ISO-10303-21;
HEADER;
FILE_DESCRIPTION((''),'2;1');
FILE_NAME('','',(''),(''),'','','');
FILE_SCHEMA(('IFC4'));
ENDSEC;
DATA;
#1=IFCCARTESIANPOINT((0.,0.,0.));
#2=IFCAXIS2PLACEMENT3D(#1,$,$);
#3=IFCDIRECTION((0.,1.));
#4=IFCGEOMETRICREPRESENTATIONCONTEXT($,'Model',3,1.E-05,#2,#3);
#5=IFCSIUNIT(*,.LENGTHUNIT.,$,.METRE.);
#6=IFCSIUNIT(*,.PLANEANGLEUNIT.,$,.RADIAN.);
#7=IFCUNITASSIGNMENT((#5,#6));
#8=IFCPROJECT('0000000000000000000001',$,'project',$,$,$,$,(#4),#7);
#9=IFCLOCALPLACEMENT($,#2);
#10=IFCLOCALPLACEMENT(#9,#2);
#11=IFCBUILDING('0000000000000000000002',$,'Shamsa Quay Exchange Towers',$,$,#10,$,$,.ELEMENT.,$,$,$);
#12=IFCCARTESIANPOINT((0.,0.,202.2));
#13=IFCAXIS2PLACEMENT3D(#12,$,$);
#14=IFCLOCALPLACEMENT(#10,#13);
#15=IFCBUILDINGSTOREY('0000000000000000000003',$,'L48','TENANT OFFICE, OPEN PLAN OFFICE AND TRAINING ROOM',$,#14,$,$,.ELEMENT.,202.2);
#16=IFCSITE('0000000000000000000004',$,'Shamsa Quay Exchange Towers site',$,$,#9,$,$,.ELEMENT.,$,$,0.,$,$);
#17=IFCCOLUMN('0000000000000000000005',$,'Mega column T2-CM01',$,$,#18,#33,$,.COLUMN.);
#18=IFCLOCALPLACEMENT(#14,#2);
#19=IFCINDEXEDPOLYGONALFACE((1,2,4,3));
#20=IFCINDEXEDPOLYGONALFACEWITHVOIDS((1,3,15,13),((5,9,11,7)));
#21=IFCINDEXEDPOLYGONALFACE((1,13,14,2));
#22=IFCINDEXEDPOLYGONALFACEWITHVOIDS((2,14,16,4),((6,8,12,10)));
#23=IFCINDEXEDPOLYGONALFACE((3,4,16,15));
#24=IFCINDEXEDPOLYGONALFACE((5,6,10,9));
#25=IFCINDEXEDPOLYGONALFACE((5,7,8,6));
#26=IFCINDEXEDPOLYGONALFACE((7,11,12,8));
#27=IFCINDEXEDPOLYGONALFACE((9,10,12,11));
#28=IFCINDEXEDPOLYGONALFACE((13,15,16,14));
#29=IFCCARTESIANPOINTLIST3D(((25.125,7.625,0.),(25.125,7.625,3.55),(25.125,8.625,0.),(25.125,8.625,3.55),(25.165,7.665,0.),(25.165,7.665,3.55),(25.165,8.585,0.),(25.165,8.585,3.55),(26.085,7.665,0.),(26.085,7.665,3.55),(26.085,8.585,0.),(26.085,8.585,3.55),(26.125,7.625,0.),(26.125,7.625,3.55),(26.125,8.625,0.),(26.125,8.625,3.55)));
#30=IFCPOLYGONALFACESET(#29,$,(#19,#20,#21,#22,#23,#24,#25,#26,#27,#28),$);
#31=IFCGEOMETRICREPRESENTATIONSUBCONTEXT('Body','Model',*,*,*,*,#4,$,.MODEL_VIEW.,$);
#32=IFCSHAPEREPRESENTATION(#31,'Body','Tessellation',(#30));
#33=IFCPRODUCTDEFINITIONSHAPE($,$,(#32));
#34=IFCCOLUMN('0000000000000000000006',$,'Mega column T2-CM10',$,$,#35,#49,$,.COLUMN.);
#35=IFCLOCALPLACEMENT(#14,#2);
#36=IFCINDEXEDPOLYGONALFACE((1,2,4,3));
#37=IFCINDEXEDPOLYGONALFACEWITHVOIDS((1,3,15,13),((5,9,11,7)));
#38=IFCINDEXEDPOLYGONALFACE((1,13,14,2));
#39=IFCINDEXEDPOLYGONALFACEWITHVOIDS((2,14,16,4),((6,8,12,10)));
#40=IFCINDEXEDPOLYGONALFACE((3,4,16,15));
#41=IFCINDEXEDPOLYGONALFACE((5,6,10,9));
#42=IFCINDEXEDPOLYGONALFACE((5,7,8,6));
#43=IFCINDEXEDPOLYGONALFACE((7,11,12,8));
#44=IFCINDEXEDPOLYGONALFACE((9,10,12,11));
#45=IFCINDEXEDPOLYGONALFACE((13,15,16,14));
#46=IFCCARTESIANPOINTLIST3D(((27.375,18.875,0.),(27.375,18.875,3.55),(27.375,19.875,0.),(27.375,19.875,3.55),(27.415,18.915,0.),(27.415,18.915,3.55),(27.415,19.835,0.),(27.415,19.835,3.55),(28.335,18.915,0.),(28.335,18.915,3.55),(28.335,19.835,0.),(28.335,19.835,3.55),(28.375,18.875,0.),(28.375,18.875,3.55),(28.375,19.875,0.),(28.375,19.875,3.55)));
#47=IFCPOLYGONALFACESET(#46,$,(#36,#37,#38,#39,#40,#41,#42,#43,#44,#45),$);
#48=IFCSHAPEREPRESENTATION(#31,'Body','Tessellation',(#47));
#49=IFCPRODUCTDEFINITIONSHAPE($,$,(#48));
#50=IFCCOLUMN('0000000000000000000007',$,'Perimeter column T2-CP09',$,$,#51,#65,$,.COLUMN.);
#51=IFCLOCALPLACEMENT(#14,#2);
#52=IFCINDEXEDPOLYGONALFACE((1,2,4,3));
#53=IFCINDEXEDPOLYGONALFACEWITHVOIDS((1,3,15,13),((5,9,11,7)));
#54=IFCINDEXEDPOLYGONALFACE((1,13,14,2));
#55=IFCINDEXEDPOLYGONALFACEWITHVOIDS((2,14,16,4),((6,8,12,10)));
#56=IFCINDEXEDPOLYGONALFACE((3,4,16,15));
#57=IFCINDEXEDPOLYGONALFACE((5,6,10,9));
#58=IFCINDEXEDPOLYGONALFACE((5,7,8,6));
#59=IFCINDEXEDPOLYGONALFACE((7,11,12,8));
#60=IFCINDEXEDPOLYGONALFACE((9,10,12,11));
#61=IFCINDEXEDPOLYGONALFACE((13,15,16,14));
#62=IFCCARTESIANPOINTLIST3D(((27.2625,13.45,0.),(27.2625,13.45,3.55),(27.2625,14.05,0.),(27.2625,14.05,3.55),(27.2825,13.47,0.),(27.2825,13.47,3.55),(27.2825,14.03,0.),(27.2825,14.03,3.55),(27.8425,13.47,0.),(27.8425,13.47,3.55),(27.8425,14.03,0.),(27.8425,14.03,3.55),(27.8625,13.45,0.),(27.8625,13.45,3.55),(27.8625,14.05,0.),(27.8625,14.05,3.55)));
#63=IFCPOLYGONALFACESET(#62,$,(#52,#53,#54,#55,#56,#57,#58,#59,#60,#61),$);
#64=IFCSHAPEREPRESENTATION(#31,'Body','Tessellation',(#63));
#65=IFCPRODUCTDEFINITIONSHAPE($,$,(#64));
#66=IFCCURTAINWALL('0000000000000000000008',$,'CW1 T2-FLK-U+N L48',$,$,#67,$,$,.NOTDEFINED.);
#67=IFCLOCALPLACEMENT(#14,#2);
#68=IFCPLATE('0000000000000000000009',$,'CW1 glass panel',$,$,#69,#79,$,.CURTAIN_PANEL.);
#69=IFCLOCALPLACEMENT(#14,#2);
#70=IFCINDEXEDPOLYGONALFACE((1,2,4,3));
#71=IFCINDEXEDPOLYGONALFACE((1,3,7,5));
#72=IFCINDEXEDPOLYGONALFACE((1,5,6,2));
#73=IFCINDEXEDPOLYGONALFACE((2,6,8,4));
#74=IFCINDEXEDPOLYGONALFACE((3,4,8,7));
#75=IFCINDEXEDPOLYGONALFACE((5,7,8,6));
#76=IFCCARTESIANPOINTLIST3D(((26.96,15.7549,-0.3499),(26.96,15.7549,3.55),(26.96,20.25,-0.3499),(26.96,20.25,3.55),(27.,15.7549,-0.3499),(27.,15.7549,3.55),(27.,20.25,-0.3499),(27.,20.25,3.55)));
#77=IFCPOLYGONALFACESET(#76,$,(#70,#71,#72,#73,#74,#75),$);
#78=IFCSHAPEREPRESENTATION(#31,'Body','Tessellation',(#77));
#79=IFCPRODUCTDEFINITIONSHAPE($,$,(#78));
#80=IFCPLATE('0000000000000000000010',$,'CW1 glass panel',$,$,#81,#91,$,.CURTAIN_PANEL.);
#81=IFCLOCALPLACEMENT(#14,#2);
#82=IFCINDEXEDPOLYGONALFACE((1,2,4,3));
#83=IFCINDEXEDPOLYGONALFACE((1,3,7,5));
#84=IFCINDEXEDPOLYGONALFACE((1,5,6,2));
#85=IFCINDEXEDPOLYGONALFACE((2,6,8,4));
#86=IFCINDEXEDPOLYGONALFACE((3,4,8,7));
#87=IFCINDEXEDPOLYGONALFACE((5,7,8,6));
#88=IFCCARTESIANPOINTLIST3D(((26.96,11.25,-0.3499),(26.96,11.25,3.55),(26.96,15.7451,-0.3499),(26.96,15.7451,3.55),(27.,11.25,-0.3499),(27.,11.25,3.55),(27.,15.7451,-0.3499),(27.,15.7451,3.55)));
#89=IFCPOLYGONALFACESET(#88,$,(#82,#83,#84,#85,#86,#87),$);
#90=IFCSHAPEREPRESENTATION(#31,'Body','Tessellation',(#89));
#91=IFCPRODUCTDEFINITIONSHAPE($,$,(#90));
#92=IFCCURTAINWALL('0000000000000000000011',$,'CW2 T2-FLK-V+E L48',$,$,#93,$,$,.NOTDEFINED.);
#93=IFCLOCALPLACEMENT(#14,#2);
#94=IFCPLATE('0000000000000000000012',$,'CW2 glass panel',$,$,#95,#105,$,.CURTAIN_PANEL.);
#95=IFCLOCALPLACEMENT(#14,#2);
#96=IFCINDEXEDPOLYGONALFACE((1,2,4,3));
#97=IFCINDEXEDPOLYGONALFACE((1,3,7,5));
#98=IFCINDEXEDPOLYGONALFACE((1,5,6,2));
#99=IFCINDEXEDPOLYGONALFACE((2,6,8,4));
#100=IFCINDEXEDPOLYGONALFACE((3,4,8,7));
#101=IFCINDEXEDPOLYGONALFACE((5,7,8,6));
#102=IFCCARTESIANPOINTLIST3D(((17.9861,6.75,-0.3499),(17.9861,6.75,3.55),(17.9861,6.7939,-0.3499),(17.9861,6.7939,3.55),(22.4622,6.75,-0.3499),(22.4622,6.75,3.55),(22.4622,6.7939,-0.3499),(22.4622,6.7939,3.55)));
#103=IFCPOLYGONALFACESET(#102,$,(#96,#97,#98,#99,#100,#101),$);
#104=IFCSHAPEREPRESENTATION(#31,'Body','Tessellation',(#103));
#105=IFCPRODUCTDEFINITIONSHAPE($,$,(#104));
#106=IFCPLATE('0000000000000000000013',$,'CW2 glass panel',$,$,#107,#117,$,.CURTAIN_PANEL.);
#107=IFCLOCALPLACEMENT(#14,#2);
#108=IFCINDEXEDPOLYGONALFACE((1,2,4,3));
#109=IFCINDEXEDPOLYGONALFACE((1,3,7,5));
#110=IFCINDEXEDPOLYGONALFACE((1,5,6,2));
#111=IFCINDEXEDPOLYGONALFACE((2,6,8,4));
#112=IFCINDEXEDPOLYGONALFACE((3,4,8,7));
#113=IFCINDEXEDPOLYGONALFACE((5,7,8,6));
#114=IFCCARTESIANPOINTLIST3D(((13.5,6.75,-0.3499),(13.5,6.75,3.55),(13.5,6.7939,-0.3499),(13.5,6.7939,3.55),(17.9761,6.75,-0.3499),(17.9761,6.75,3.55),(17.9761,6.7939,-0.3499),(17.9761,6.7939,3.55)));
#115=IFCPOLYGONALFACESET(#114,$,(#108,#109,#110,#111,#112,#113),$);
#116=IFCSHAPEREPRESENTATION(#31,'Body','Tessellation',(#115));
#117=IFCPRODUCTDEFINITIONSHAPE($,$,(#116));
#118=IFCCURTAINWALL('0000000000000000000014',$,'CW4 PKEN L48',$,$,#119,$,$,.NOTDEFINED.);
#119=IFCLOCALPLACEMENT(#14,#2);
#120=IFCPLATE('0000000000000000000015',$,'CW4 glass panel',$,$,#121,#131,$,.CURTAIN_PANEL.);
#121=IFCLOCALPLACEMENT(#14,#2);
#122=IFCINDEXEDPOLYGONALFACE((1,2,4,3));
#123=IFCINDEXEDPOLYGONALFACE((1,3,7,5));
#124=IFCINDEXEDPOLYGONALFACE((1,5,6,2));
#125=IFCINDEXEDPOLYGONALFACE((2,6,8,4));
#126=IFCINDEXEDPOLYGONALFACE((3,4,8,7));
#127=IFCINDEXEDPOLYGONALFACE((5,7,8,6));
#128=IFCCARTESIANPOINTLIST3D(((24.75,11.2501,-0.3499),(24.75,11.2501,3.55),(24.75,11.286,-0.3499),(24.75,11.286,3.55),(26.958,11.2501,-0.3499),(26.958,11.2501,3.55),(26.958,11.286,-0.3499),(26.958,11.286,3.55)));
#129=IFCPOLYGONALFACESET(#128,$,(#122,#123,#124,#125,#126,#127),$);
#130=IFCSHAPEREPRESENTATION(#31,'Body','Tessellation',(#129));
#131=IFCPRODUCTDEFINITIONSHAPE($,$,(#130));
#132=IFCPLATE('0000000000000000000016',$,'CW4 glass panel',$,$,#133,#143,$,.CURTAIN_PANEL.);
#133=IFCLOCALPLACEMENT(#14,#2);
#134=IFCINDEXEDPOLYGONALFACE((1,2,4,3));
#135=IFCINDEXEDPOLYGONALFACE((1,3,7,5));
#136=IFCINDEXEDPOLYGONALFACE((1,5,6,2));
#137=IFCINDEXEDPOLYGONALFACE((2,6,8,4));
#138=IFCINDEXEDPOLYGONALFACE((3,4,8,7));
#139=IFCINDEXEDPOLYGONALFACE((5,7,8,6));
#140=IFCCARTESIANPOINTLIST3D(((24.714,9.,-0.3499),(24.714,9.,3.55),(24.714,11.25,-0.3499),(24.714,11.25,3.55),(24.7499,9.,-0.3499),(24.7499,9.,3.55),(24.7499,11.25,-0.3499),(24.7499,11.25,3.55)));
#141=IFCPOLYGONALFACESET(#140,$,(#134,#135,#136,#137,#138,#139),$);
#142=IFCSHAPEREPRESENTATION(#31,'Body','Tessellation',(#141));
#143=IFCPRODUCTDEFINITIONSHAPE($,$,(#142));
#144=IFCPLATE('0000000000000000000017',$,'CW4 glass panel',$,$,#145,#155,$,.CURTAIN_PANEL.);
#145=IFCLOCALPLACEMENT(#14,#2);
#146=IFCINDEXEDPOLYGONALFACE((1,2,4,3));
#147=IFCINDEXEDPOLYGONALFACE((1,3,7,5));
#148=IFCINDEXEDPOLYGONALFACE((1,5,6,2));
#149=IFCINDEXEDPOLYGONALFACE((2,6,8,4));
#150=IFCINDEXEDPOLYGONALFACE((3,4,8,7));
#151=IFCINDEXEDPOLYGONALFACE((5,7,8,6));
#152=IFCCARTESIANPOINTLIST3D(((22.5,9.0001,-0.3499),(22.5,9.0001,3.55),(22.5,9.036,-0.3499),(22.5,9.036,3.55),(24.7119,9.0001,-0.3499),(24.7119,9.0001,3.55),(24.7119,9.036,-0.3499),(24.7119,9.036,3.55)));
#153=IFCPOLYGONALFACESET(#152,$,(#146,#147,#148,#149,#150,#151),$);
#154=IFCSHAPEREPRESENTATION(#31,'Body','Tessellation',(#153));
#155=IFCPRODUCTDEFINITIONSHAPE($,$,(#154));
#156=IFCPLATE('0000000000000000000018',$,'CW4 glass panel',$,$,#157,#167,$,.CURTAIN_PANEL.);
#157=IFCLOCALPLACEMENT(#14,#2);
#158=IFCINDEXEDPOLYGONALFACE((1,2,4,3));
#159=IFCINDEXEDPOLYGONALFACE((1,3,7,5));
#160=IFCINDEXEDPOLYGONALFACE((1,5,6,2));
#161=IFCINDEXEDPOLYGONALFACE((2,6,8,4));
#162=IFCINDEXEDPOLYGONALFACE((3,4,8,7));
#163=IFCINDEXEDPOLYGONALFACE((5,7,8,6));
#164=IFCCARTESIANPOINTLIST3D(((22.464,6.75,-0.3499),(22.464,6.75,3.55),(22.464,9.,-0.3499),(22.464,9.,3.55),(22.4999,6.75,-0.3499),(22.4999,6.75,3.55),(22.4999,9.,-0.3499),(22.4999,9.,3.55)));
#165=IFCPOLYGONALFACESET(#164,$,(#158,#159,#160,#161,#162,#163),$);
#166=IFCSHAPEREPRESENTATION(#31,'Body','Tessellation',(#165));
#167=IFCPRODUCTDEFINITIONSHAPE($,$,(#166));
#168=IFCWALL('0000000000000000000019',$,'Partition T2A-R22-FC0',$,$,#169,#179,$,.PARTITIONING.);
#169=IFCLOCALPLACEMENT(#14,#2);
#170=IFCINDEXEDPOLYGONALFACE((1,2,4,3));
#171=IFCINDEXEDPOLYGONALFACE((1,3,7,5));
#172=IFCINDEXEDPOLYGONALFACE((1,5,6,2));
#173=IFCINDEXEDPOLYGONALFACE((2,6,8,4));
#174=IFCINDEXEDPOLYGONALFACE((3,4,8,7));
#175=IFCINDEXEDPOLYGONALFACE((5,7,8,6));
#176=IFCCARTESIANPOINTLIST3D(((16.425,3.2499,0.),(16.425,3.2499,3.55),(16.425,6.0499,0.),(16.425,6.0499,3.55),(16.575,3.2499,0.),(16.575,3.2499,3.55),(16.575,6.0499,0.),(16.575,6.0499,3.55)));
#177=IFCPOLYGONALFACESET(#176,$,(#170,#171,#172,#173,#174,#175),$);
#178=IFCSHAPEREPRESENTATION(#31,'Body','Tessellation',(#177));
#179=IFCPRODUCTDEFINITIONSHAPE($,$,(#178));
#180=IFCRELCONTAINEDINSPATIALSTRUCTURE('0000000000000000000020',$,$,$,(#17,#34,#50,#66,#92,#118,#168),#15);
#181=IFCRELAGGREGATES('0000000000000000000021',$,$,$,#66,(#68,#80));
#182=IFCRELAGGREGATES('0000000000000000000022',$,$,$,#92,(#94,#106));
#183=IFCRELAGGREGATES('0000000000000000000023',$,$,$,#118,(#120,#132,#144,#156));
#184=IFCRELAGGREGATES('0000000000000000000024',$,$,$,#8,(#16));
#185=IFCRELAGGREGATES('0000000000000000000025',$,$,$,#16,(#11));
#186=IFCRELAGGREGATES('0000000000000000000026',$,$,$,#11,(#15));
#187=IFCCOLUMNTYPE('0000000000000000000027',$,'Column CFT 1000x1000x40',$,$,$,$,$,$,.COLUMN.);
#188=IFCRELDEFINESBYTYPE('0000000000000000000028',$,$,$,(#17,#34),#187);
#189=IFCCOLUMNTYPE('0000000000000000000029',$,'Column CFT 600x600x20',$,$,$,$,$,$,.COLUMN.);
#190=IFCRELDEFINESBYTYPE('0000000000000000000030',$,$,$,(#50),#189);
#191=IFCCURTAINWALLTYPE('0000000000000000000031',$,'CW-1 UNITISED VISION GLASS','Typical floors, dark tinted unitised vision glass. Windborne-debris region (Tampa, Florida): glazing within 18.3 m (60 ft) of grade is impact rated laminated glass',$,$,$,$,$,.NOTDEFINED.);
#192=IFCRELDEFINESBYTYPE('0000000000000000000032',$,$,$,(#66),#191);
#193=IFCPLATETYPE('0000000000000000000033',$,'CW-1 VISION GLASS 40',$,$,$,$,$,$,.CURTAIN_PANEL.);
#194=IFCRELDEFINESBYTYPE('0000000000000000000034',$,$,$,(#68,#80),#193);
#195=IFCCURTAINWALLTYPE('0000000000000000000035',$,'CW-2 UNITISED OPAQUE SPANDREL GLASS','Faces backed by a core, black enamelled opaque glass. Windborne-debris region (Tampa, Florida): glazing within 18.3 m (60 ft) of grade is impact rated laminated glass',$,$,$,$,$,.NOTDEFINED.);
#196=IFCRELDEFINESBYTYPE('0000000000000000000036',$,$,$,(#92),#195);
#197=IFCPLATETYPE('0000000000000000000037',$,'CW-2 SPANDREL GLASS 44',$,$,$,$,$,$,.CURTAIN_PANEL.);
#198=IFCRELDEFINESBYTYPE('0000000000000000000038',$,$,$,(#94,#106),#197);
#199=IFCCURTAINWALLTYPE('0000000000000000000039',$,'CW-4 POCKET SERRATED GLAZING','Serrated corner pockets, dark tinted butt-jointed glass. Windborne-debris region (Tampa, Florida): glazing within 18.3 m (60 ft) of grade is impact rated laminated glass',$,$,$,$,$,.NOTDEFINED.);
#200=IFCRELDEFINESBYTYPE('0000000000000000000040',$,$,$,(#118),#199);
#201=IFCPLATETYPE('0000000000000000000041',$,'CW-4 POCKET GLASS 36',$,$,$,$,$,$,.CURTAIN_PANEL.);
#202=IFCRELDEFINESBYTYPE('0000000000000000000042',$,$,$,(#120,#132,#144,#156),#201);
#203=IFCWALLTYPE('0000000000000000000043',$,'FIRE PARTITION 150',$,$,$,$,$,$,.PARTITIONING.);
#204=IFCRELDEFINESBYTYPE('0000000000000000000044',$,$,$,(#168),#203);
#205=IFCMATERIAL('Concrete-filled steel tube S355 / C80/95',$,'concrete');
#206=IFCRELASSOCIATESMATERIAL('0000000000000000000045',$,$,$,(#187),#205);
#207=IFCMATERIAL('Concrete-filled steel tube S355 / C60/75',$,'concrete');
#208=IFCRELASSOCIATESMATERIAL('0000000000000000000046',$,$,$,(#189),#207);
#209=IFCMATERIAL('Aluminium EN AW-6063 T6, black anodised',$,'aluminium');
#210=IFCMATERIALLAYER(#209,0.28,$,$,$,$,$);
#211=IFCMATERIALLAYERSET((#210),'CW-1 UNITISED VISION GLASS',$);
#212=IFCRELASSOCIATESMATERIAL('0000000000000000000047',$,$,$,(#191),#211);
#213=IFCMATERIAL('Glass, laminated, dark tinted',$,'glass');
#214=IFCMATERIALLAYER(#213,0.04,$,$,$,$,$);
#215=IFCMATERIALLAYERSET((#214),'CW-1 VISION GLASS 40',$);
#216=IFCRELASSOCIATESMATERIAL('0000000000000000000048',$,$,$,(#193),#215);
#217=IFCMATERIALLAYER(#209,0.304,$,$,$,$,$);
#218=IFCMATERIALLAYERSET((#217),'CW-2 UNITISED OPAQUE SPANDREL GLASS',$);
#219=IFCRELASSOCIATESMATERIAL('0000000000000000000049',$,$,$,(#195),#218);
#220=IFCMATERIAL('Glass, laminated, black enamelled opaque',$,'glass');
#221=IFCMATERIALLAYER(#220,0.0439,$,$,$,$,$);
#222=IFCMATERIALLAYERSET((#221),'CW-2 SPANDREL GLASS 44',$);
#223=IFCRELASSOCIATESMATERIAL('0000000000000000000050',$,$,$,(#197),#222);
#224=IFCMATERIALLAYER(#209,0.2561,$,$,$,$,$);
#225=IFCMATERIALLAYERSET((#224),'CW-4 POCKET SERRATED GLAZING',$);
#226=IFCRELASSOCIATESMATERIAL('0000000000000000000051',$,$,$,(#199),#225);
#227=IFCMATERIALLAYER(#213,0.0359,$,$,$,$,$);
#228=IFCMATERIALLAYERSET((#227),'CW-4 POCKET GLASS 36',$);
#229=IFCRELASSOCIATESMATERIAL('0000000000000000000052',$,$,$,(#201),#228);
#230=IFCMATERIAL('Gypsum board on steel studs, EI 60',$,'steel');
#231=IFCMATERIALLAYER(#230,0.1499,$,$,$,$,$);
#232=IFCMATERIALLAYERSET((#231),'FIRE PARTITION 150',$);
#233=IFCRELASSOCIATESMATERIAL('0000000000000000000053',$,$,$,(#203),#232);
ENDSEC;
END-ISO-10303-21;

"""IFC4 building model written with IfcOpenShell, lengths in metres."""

from ifc_helpers import new_model, si_unit, direction, frame, frame_2d, origin, origin_2d, place, context, subcontext, project, spatial, rectangle, hollow_rectangle, extrude, material, layer, layer_set, material_profile, profile_set, type_object, element, aggregate, save


model = new_model("IFC4")

# Units and contexts
model_context = context("Model", 3, precision=1e-05, world=origin(), true_north=direction((0.0, 1.0)))
body_context = subcontext(model_context, "Body", "Model", "MODEL_VIEW")
ifc_project = project(units=[si_unit("LENGTHUNIT", "METRE"), si_unit("PLANEANGLEUNIT", "RADIAN")], contexts=[model_context])

# Site, building, storey
site_placement = place(None, origin())
site = spatial("IfcSite", under=ifc_project, at=site_placement, Name="Shamsa Quay Exchange Towers site", CompositionType="ELEMENT", RefElevation=0.0)
building_placement = place(site_placement, origin())
building = spatial("IfcBuilding", under=site, at=building_placement, Name="Shamsa Quay Exchange Towers", CompositionType="ELEMENT")
storey_placement = place(building_placement, frame((0.0, 0.0, 202.2)))
storey = spatial("IfcBuildingStorey", under=building, at=storey_placement, Name="L48", Description="TENANT OFFICE, OPEN PLAN OFFICE AND TRAINING ROOM", CompositionType="ELEMENT", Elevation=202.2)

# Columns
ifc_material_1 = material(Name="Concrete-filled steel tube S355 / C80/95", Category="concrete")
ifc_material_profile_1 = material_profile(ifc_material_1, hollow_rectangle(XDim=1.0, YDim=1.0, WallThickness=0.04, at=origin_2d()), Name="CFT 1000x1000x40")
ifc_profile_set_1 = profile_set([ifc_material_profile_1], Name="Concrete-filled steel tube S355 / C80/95")
column_type_1 = type_object("IfcColumnType", Name="Column CFT 1000x1000x40", PredefinedType="COLUMN", material=ifc_profile_set_1)
for number, where, name in (
    (1, (25.625, 8.125, 0.0), "Mega column T2-CM01"),
    (2, (27.875, 19.375, 0.0), "Mega column T2-CM10"),
):
    element("IfcColumn", number, at=place(storey_placement, frame(where)), inside=storey, type_object=column_type_1, Name=name, PredefinedType="COLUMN", context=body_context, shape_type="SweptSolid", body=[
        extrude(hollow_rectangle(XDim=1.0, YDim=1.0, WallThickness=0.04, at=origin_2d()), origin(), (0.0, 0.0, 1.0), 3.55),
    ])
ifc_material_2 = material(Name="Concrete-filled steel tube S355 / C60/75", Category="concrete")
ifc_material_profile_2 = material_profile(ifc_material_2, hollow_rectangle(XDim=0.6001, YDim=0.6001, WallThickness=0.02, at=origin_2d()), Name="CFT 600x600x20")
ifc_profile_set_2 = profile_set([ifc_material_profile_2], Name="Concrete-filled steel tube S355 / C60/75")
column_type_2 = type_object("IfcColumnType", Name="Column CFT 600x600x20", PredefinedType="COLUMN", material=ifc_profile_set_2)
column_placement = place(storey_placement, frame((27.5625, 13.75, 0.0)))
element("IfcColumn", 3, at=column_placement, inside=storey, type_object=column_type_2, Name="Perimeter column T2-CP09", PredefinedType="COLUMN", context=body_context, shape_type="SweptSolid", body=[
    extrude(hollow_rectangle(XDim=0.6001, YDim=0.6001, WallThickness=0.02, at=origin_2d()), origin(), (0.0, 0.0, 1.0), 3.55),
])

# Curtain walls, plates
ifc_material_3 = material(Name="Aluminium EN AW-6063 T6, black anodised", Category="aluminium")
ifc_layer_1 = layer(ifc_material_3, 0.28)
ifc_layer_set_1 = layer_set([ifc_layer_1], Name="CW-1 UNITISED VISION GLASS")
curtain_wall_type_1 = type_object("IfcCurtainWallType", Name="CW-1 UNITISED VISION GLASS", Description="Typical floors, dark tinted unitised vision glass. Windborne-debris region (Tampa, Florida): glazing within 18.3 m (60 ft) of grade is impact rated laminated glass", PredefinedType="NOTDEFINED", material=ifc_layer_set_1)
curtain_wall_1_placement = place(storey_placement, origin())
curtain_wall_1 = element("IfcCurtainWall", 4, at=curtain_wall_1_placement, inside=storey, type_object=curtain_wall_type_1, Name="CW1 T2-FLK-U+N L48", PredefinedType="NOTDEFINED")
ifc_material_4 = material(Name="Glass, laminated, dark tinted", Category="glass")
ifc_layer_2 = layer(ifc_material_4, 0.04)
ifc_layer_set_2 = layer_set([ifc_layer_2], Name="CW-1 VISION GLASS 40")
plate_type_1 = type_object("IfcPlateType", Name="CW-1 VISION GLASS 40", PredefinedType="CURTAIN_PANEL", material=ifc_layer_set_2)
plate_1_placement = place(storey_placement, frame((26.98, 18.0024, -0.3499), z_axis=(0.0, 0.0, 1.0), x_axis=(0.0, -1.0, 0.0)))
plate_1 = element("IfcPlate", 5, at=plate_1_placement, type_object=plate_type_1, Name="CW1 glass panel", PredefinedType="CURTAIN_PANEL", context=body_context, shape_type="SweptSolid", body=[
    extrude(rectangle(XDim=4.4951, YDim=0.04, at=origin_2d()), origin(), (0.0, 0.0, 1.0), 3.8999),
])
plate_2_placement = place(storey_placement, frame((26.98, 13.4976, -0.3499), z_axis=(0.0, 0.0, 1.0), x_axis=(0.0, -1.0, 0.0)))
plate_2 = element("IfcPlate", 6, at=plate_2_placement, type_object=plate_type_1, Name="CW1 glass panel", PredefinedType="CURTAIN_PANEL", context=body_context, shape_type="SweptSolid", body=[
    extrude(rectangle(XDim=4.4951, YDim=0.04, at=origin_2d()), origin(), (0.0, 0.0, 1.0), 3.8999),
])
aggregate(curtain_wall_1, [plate_1, plate_2])
ifc_layer_3 = layer(ifc_material_3, 0.304)
ifc_layer_set_3 = layer_set([ifc_layer_3], Name="CW-2 UNITISED OPAQUE SPANDREL GLASS")
curtain_wall_type_2 = type_object("IfcCurtainWallType", Name="CW-2 UNITISED OPAQUE SPANDREL GLASS", Description="Faces backed by a core, black enamelled opaque glass. Windborne-debris region (Tampa, Florida): glazing within 18.3 m (60 ft) of grade is impact rated laminated glass", PredefinedType="NOTDEFINED", material=ifc_layer_set_3)
curtain_wall_2_placement = place(storey_placement, origin())
curtain_wall_2 = element("IfcCurtainWall", 7, at=curtain_wall_2_placement, inside=storey, type_object=curtain_wall_type_2, Name="CW2 T2-FLK-V+E L48", PredefinedType="NOTDEFINED")
ifc_material_5 = material(Name="Glass, laminated, black enamelled opaque", Category="glass")
ifc_layer_4 = layer(ifc_material_5, 0.0439)
ifc_layer_set_4 = layer_set([ifc_layer_4], Name="CW-2 SPANDREL GLASS 44")
plate_type_2 = type_object("IfcPlateType", Name="CW-2 SPANDREL GLASS 44", PredefinedType="CURTAIN_PANEL", material=ifc_layer_set_4)
plate_3_placement = place(storey_placement, frame((20.2241, 6.772, -0.3499), z_axis=(0.0, 0.0, 1.0), x_axis=(-1.0, 0.0, 0.0)))
plate_3 = element("IfcPlate", 8, at=plate_3_placement, type_object=plate_type_2, Name="CW2 glass panel", PredefinedType="CURTAIN_PANEL", context=body_context, shape_type="SweptSolid", body=[
    extrude(rectangle(XDim=4.4761, YDim=0.0439, at=origin_2d()), origin(), (0.0, 0.0, 1.0), 3.8999),
])
plate_4_placement = place(storey_placement, frame((15.738, 6.772, -0.3499), z_axis=(0.0, 0.0, 1.0), x_axis=(-1.0, 0.0, 0.0)))
plate_4 = element("IfcPlate", 9, at=plate_4_placement, type_object=plate_type_2, Name="CW2 glass panel", PredefinedType="CURTAIN_PANEL", context=body_context, shape_type="SweptSolid", body=[
    extrude(rectangle(XDim=4.4761, YDim=0.0439, at=origin_2d()), origin(), (0.0, 0.0, 1.0), 3.8999),
])
aggregate(curtain_wall_2, [plate_3, plate_4])
ifc_layer_5 = layer(ifc_material_3, 0.2561)
ifc_layer_set_5 = layer_set([ifc_layer_5], Name="CW-4 POCKET SERRATED GLAZING")
curtain_wall_type_3 = type_object("IfcCurtainWallType", Name="CW-4 POCKET SERRATED GLAZING", Description="Serrated corner pockets, dark tinted butt-jointed glass. Windborne-debris region (Tampa, Florida): glazing within 18.3 m (60 ft) of grade is impact rated laminated glass", PredefinedType="NOTDEFINED", material=ifc_layer_set_5)
curtain_wall_3_placement = place(storey_placement, origin())
curtain_wall_3 = element("IfcCurtainWall", 10, at=curtain_wall_3_placement, inside=storey, type_object=curtain_wall_type_3, Name="CW4 PKEN L48", PredefinedType="NOTDEFINED")
ifc_layer_6 = layer(ifc_material_4, 0.0359)
ifc_layer_set_6 = layer_set([ifc_layer_6], Name="CW-4 POCKET GLASS 36")
plate_type_3 = type_object("IfcPlateType", Name="CW-4 POCKET GLASS 36", PredefinedType="CURTAIN_PANEL", material=ifc_layer_set_6)
plate_5_placement = place(storey_placement, frame((25.854, 11.2681, -0.3499), z_axis=(0.0, 0.0, 1.0), x_axis=(-1.0, 0.0, 0.0)))
plate_5 = element("IfcPlate", 11, at=plate_5_placement, type_object=plate_type_3, Name="CW4 glass panel", PredefinedType="CURTAIN_PANEL", context=body_context, shape_type="SweptSolid", body=[
    extrude(rectangle(XDim=2.208, YDim=0.0359, at=origin_2d()), origin(), (0.0, 0.0, 1.0), 3.8999),
])
plate_6_placement = place(storey_placement, frame((24.7319, 10.125, -0.3499), z_axis=(0.0, 0.0, 1.0), x_axis=(0.0, -1.0, 0.0)))
plate_6 = element("IfcPlate", 12, at=plate_6_placement, type_object=plate_type_3, Name="CW4 glass panel", PredefinedType="CURTAIN_PANEL", context=body_context, shape_type="SweptSolid", body=[
    extrude(rectangle(XDim=2.25, YDim=0.0359, at=origin_2d()), origin(), (0.0, 0.0, 1.0), 3.8999),
])
plate_7_placement = place(storey_placement, frame((23.606, 9.0181, -0.3499), z_axis=(0.0, 0.0, 1.0), x_axis=(-1.0, 0.0, 0.0)))
plate_7 = element("IfcPlate", 13, at=plate_7_placement, type_object=plate_type_3, Name="CW4 glass panel", PredefinedType="CURTAIN_PANEL", context=body_context, shape_type="SweptSolid", body=[
    extrude(rectangle(XDim=2.2119, YDim=0.0359, at=origin_2d()), origin(), (0.0, 0.0, 1.0), 3.8999),
])
plate_8_placement = place(storey_placement, frame((22.4819, 7.875, -0.3499), z_axis=(0.0, 0.0, 1.0), x_axis=(0.0, -1.0, 0.0)))
plate_8 = element("IfcPlate", 14, at=plate_8_placement, type_object=plate_type_3, Name="CW4 glass panel", PredefinedType="CURTAIN_PANEL", context=body_context, shape_type="SweptSolid", body=[
    extrude(rectangle(XDim=2.25, YDim=0.0359, at=origin_2d()), origin(), (0.0, 0.0, 1.0), 3.8999),
])
aggregate(curtain_wall_3, [plate_5, plate_6, plate_7, plate_8])

# Wall
ifc_material_6 = material(Name="Gypsum board on steel studs, EI 60", Category="steel")
ifc_layer_7 = layer(ifc_material_6, 0.1499)
ifc_layer_set_7 = layer_set([ifc_layer_7], Name="FIRE PARTITION 150")
wall_type_1 = type_object("IfcWallType", Name="FIRE PARTITION 150", PredefinedType="PARTITIONING", material=ifc_layer_set_7)
wall_1_placement = place(storey_placement, frame((16.5, 3.25, 0.0), z_axis=(0.0, 0.0, 1.0), x_axis=(0.0, 1.0, 0.0)))
element("IfcWall", 15, at=wall_1_placement, inside=storey, type_object=wall_type_1, Name="Partition T2A-R22-FC0", PredefinedType="PARTITIONING", context=body_context, shape_type="SweptSolid", body=[
    extrude(rectangle(XDim=2.8, YDim=0.1499, at=frame_2d((1.3999, 0.0))), origin(), (0.0, 0.0, 1.0), 3.55),
])

save(model, "model.ifc")
